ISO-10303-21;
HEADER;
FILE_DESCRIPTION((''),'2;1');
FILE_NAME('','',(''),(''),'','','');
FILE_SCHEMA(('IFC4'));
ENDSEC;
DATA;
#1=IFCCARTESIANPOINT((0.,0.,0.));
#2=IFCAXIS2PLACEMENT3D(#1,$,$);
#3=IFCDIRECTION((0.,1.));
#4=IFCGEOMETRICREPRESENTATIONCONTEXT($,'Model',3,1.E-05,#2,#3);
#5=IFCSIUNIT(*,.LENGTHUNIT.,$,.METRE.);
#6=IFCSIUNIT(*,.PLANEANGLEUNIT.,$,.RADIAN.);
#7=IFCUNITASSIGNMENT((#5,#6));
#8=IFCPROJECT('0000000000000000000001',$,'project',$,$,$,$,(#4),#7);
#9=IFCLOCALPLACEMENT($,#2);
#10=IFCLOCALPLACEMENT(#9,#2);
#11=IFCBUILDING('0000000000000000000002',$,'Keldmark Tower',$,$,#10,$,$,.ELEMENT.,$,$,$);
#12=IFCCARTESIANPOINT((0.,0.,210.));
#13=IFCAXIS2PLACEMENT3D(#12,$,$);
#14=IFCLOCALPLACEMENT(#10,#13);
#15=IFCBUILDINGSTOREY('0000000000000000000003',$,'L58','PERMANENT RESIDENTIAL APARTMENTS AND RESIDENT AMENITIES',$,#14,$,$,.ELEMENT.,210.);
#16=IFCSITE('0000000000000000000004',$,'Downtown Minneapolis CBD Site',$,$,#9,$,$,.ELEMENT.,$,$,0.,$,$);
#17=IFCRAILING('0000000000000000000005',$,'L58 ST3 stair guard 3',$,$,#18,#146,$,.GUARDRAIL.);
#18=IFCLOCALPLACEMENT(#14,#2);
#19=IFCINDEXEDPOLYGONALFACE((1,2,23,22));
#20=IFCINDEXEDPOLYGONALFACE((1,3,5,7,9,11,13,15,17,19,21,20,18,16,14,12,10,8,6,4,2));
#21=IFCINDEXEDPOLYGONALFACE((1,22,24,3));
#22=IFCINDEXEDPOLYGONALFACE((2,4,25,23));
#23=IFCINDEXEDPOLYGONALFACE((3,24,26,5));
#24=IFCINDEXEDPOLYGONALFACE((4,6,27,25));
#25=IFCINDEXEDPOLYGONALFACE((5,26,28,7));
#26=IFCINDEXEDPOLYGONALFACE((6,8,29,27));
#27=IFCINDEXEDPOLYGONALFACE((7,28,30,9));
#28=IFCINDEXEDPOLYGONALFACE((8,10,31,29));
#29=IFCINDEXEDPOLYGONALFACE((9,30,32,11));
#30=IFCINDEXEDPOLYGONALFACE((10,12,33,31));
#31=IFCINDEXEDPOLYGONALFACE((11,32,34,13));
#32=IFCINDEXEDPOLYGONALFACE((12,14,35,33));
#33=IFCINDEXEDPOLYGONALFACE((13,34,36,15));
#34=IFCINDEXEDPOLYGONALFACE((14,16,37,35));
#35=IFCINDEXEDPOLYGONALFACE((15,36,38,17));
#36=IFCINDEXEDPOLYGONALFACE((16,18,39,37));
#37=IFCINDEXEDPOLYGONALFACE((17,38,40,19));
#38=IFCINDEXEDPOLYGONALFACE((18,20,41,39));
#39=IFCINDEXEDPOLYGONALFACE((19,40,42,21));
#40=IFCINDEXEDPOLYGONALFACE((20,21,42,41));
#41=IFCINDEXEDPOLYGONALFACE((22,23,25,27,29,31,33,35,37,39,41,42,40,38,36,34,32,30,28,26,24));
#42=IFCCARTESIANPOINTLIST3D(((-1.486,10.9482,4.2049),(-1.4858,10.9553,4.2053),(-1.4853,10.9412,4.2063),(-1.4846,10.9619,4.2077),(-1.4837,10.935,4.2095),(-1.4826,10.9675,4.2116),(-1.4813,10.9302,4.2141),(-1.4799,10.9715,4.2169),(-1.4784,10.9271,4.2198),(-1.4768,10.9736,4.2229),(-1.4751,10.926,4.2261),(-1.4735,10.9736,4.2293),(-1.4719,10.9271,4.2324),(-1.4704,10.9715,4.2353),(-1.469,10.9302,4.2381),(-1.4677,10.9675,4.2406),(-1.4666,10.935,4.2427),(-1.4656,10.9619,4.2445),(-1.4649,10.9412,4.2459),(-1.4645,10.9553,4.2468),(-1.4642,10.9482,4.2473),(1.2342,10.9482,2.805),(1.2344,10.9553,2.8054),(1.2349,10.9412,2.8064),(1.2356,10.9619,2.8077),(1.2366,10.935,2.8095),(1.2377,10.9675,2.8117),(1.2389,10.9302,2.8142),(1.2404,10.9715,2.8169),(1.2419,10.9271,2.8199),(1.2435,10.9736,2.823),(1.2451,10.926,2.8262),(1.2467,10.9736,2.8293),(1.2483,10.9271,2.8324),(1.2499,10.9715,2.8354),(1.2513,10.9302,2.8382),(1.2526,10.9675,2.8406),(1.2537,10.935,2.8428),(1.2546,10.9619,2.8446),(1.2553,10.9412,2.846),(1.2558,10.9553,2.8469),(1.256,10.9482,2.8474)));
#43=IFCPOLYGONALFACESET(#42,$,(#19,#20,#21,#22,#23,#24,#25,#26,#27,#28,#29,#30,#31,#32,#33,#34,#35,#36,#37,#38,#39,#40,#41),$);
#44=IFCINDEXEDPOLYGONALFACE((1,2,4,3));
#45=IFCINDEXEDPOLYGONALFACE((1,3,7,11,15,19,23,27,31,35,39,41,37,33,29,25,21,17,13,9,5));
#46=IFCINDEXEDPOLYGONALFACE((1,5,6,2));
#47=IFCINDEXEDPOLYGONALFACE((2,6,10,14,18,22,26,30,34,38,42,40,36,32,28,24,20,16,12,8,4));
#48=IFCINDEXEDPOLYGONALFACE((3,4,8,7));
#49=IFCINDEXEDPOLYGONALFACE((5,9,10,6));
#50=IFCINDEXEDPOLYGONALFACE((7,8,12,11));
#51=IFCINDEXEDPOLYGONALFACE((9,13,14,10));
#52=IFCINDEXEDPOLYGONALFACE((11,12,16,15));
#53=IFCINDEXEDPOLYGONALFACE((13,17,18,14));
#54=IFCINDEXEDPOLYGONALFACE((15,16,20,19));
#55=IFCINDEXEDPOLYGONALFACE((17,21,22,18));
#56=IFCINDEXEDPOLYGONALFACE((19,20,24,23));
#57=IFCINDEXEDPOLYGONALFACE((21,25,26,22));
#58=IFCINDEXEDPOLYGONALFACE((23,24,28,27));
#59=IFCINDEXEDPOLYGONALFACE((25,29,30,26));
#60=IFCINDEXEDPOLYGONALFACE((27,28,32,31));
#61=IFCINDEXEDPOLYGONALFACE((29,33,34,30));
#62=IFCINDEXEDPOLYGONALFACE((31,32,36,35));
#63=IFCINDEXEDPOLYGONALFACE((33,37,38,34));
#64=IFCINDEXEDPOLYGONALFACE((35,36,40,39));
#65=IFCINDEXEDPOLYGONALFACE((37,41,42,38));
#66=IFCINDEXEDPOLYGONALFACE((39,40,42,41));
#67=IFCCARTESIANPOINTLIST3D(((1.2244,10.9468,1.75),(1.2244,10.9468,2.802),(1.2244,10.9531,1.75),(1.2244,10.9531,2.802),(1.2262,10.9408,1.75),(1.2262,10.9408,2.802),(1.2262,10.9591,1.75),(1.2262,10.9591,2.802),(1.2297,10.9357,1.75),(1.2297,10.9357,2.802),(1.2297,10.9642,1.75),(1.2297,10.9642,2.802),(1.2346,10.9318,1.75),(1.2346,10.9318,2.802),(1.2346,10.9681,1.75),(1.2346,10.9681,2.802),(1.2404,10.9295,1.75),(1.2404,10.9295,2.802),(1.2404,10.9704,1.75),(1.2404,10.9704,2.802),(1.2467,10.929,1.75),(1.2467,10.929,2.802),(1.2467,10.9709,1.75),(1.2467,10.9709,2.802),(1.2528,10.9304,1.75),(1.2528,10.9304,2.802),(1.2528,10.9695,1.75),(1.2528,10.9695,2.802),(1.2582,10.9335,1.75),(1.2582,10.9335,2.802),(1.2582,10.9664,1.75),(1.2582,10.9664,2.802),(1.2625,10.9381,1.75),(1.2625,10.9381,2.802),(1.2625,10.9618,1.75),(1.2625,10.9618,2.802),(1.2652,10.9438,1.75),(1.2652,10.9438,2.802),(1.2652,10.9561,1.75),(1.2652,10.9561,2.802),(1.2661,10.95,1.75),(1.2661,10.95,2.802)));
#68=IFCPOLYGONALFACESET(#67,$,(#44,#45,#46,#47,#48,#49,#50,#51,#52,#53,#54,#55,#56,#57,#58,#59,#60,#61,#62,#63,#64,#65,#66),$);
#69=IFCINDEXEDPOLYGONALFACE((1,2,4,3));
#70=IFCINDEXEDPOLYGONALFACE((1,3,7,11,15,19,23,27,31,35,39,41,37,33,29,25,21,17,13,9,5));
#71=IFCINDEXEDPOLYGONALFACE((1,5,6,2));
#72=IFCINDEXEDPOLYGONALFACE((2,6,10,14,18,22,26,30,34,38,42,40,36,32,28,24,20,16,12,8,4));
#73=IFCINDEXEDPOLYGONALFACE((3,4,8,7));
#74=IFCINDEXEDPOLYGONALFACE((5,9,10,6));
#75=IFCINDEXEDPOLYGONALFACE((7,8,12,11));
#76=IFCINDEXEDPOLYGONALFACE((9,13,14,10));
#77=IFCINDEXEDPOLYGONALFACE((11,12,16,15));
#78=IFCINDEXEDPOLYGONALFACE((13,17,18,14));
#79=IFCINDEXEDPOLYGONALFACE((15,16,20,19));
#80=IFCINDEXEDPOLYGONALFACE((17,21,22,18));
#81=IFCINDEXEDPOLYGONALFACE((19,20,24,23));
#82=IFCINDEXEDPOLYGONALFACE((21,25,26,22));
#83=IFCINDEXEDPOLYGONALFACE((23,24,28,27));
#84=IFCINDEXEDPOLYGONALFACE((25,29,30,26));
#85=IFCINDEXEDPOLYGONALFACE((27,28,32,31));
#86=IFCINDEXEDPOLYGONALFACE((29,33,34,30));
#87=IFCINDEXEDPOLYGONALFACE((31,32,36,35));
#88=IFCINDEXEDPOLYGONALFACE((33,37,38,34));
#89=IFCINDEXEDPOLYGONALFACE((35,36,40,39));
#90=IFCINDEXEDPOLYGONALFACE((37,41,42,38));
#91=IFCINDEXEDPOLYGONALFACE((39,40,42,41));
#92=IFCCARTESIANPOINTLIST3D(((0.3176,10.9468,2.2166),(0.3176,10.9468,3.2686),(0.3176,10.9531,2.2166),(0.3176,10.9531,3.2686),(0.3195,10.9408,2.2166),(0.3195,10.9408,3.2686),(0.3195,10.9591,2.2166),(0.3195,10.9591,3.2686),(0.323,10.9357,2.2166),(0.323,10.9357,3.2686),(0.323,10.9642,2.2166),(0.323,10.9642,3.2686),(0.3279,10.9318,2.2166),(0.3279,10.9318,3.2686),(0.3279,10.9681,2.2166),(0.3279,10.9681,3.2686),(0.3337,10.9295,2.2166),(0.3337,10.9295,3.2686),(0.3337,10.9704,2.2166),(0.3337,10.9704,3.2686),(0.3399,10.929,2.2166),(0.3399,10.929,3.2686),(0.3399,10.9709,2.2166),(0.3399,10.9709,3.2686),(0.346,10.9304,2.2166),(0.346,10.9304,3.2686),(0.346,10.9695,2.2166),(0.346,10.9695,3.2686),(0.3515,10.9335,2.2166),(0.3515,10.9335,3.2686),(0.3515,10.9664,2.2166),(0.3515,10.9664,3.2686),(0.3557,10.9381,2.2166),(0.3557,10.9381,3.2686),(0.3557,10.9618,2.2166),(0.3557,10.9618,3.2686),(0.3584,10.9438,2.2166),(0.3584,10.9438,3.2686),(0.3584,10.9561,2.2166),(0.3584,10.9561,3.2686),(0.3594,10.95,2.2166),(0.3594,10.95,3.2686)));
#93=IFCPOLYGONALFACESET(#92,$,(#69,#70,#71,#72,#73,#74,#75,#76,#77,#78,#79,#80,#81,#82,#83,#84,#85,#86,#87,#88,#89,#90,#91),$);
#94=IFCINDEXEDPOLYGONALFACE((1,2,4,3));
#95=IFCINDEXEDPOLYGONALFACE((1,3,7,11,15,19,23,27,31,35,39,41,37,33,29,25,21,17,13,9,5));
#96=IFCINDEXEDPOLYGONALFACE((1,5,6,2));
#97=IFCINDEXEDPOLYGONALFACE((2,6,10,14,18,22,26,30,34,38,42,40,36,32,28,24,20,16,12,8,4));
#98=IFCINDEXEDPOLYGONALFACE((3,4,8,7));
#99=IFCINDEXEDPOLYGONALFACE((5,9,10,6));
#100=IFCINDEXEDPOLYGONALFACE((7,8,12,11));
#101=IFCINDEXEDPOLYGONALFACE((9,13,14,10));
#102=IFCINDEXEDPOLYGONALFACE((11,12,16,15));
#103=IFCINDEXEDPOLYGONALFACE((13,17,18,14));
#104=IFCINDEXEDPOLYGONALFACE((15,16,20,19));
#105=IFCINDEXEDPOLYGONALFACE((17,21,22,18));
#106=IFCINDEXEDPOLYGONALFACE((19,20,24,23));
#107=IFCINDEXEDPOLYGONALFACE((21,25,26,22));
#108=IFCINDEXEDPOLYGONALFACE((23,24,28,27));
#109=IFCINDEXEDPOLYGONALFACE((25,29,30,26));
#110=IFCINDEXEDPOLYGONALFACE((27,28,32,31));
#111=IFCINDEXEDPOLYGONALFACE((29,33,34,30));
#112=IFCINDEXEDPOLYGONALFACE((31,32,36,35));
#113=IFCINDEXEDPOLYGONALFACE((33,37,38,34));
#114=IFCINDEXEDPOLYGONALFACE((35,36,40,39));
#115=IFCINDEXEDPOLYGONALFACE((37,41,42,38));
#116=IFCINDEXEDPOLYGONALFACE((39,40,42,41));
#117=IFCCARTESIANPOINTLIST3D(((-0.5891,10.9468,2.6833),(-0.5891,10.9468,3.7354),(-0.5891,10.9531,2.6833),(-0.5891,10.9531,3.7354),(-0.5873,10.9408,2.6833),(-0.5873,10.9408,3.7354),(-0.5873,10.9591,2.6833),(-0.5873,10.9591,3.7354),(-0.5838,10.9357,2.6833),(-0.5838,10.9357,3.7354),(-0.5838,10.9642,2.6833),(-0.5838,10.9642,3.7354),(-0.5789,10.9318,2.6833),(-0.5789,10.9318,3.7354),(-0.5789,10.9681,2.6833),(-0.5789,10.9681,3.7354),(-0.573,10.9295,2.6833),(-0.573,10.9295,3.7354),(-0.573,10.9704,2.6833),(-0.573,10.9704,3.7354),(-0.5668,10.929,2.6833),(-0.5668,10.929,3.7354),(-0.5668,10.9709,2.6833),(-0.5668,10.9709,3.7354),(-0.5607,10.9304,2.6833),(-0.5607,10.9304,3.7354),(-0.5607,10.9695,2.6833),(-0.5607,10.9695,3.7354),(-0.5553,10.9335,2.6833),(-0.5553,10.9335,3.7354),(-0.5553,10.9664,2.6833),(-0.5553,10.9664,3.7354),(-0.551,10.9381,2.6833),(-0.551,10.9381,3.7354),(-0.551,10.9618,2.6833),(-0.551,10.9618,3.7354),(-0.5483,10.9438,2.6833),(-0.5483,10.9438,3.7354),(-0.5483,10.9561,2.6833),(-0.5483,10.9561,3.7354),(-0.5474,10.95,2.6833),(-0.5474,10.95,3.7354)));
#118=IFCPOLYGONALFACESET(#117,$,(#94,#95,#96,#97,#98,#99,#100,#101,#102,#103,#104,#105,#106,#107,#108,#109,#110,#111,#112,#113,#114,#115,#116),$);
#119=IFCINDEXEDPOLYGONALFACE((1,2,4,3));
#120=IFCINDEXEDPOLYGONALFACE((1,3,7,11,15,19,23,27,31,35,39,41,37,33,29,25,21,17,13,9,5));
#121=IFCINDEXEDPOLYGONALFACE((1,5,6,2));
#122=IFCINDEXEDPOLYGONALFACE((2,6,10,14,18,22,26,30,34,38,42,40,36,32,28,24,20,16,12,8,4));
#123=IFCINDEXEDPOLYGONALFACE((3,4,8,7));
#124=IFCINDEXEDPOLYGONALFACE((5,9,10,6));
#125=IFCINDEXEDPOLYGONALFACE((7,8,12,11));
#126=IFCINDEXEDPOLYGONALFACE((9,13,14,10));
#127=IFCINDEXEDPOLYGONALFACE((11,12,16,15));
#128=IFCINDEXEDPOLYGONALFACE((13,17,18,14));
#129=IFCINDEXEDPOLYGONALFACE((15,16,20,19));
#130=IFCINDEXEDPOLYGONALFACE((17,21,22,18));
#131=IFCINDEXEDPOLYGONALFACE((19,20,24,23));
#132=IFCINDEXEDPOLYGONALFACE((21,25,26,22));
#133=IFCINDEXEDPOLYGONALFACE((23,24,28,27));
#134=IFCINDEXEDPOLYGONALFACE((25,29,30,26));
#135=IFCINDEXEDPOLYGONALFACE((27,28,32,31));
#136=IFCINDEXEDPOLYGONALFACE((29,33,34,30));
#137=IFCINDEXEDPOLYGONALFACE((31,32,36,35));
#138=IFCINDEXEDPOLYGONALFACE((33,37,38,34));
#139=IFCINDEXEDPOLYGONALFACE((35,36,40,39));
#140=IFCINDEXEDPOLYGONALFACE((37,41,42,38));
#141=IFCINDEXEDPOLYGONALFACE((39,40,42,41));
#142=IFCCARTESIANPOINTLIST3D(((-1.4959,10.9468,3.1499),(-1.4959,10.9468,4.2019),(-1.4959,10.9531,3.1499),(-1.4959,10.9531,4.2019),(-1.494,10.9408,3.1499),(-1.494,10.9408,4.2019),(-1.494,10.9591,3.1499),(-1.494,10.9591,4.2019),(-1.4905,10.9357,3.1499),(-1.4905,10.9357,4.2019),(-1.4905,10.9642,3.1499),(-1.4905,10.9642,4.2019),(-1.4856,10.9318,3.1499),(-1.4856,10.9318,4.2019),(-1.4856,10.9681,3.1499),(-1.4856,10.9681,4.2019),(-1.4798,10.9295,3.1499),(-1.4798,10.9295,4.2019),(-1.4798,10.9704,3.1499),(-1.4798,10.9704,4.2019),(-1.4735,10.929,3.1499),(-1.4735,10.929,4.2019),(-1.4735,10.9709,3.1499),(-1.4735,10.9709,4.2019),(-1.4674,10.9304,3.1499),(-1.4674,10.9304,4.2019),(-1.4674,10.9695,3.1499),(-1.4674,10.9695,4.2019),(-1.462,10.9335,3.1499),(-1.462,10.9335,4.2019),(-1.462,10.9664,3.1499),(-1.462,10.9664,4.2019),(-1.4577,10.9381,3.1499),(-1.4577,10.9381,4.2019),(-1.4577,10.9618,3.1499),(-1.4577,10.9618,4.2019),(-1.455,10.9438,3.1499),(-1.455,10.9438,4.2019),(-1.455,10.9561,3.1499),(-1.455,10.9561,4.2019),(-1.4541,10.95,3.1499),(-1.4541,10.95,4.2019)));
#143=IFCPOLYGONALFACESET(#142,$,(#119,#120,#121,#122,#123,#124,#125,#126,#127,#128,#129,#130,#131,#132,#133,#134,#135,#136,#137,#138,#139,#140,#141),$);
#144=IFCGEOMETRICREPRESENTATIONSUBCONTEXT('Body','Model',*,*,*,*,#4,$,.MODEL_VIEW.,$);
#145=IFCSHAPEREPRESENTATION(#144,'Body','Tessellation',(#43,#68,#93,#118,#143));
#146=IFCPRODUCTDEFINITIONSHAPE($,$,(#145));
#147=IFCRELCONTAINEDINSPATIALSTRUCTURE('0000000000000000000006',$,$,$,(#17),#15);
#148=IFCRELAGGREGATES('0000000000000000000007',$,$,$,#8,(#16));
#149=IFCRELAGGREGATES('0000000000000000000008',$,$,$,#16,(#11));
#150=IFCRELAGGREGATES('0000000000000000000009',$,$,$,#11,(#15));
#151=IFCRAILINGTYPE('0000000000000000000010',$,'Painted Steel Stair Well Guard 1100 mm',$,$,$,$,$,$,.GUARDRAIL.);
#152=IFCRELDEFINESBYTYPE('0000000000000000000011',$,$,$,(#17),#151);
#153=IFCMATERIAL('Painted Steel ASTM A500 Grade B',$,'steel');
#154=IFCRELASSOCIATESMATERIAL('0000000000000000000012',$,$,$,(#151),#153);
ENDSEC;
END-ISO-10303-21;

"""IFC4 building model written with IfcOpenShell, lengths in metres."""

from ifc_helpers import new_model, si_unit, direction, frame, origin, origin_2d, place, context, subcontext, project, spatial, circle, extrude, material, type_object, element, save


model = new_model("IFC4")

# Units and contexts
model_context = context("Model", 3, precision=1e-05, world=origin(), true_north=direction((0.0, 1.0)))
body_context = subcontext(model_context, "Body", "Model", "MODEL_VIEW")
ifc_project = project(units=[si_unit("LENGTHUNIT", "METRE"), si_unit("PLANEANGLEUNIT", "RADIAN")], contexts=[model_context])

# Site, building, storey
site_placement = place(None, origin())
site = spatial("IfcSite", under=ifc_project, at=site_placement, Name="Downtown Minneapolis CBD Site", CompositionType="ELEMENT", RefElevation=0.0)
building_placement = place(site_placement, origin())
building = spatial("IfcBuilding", under=site, at=building_placement, Name="Keldmark Tower", CompositionType="ELEMENT")
storey_placement = place(building_placement, frame((0.0, 0.0, 210.0)))
storey = spatial("IfcBuildingStorey", under=building, at=storey_placement, Name="L58", Description="PERMANENT RESIDENTIAL APARTMENTS AND RESIDENT AMENITIES", CompositionType="ELEMENT", Elevation=210.0)

# Railing
ifc_material_1 = material(Name="Painted Steel ASTM A500 Grade B", Category="steel")
railing_type_1 = type_object("IfcRailingType", Name="Painted Steel Stair Well Guard 1100 mm", PredefinedType="GUARDRAIL", material=ifc_material_1)
railing_1_placement = place(storey_placement, frame((1.2451, 10.95, 1.75)))
element("IfcRailing", 1, at=railing_1_placement, inside=storey, type_object=railing_type_1, Name="L58 ST3 stair guard 3", PredefinedType="GUARDRAIL", context=body_context, shape_type="SweptSolid", body=[
    extrude(circle(Radius=0.0239, at=origin_2d()), frame((0.0, 0.0, 1.0762), z_axis=(-0.889164, 0.0, 0.45759), x_axis=(0.0, -1.0, 0.0)), (0.0, 0.0, 1.0), 3.0593),
    extrude(circle(Radius=0.021, at=origin_2d()), origin(), (0.0, 0.0, 1.0), 1.052),
    extrude(circle(Radius=0.021, at=origin_2d()), frame((-0.9067, 0.0, 0.4666)), (0.0, 0.0, 1.0), 1.052),
    extrude(circle(Radius=0.021, at=origin_2d()), frame((-1.8135, 0.0, 0.9333)), (0.0, 0.0, 1.0), 1.052),
    extrude(circle(Radius=0.021, at=origin_2d()), frame((-2.7202, 0.0, 1.3999)), (0.0, 0.0, 1.0), 1.052),
])

save(model, "model.ifc")
